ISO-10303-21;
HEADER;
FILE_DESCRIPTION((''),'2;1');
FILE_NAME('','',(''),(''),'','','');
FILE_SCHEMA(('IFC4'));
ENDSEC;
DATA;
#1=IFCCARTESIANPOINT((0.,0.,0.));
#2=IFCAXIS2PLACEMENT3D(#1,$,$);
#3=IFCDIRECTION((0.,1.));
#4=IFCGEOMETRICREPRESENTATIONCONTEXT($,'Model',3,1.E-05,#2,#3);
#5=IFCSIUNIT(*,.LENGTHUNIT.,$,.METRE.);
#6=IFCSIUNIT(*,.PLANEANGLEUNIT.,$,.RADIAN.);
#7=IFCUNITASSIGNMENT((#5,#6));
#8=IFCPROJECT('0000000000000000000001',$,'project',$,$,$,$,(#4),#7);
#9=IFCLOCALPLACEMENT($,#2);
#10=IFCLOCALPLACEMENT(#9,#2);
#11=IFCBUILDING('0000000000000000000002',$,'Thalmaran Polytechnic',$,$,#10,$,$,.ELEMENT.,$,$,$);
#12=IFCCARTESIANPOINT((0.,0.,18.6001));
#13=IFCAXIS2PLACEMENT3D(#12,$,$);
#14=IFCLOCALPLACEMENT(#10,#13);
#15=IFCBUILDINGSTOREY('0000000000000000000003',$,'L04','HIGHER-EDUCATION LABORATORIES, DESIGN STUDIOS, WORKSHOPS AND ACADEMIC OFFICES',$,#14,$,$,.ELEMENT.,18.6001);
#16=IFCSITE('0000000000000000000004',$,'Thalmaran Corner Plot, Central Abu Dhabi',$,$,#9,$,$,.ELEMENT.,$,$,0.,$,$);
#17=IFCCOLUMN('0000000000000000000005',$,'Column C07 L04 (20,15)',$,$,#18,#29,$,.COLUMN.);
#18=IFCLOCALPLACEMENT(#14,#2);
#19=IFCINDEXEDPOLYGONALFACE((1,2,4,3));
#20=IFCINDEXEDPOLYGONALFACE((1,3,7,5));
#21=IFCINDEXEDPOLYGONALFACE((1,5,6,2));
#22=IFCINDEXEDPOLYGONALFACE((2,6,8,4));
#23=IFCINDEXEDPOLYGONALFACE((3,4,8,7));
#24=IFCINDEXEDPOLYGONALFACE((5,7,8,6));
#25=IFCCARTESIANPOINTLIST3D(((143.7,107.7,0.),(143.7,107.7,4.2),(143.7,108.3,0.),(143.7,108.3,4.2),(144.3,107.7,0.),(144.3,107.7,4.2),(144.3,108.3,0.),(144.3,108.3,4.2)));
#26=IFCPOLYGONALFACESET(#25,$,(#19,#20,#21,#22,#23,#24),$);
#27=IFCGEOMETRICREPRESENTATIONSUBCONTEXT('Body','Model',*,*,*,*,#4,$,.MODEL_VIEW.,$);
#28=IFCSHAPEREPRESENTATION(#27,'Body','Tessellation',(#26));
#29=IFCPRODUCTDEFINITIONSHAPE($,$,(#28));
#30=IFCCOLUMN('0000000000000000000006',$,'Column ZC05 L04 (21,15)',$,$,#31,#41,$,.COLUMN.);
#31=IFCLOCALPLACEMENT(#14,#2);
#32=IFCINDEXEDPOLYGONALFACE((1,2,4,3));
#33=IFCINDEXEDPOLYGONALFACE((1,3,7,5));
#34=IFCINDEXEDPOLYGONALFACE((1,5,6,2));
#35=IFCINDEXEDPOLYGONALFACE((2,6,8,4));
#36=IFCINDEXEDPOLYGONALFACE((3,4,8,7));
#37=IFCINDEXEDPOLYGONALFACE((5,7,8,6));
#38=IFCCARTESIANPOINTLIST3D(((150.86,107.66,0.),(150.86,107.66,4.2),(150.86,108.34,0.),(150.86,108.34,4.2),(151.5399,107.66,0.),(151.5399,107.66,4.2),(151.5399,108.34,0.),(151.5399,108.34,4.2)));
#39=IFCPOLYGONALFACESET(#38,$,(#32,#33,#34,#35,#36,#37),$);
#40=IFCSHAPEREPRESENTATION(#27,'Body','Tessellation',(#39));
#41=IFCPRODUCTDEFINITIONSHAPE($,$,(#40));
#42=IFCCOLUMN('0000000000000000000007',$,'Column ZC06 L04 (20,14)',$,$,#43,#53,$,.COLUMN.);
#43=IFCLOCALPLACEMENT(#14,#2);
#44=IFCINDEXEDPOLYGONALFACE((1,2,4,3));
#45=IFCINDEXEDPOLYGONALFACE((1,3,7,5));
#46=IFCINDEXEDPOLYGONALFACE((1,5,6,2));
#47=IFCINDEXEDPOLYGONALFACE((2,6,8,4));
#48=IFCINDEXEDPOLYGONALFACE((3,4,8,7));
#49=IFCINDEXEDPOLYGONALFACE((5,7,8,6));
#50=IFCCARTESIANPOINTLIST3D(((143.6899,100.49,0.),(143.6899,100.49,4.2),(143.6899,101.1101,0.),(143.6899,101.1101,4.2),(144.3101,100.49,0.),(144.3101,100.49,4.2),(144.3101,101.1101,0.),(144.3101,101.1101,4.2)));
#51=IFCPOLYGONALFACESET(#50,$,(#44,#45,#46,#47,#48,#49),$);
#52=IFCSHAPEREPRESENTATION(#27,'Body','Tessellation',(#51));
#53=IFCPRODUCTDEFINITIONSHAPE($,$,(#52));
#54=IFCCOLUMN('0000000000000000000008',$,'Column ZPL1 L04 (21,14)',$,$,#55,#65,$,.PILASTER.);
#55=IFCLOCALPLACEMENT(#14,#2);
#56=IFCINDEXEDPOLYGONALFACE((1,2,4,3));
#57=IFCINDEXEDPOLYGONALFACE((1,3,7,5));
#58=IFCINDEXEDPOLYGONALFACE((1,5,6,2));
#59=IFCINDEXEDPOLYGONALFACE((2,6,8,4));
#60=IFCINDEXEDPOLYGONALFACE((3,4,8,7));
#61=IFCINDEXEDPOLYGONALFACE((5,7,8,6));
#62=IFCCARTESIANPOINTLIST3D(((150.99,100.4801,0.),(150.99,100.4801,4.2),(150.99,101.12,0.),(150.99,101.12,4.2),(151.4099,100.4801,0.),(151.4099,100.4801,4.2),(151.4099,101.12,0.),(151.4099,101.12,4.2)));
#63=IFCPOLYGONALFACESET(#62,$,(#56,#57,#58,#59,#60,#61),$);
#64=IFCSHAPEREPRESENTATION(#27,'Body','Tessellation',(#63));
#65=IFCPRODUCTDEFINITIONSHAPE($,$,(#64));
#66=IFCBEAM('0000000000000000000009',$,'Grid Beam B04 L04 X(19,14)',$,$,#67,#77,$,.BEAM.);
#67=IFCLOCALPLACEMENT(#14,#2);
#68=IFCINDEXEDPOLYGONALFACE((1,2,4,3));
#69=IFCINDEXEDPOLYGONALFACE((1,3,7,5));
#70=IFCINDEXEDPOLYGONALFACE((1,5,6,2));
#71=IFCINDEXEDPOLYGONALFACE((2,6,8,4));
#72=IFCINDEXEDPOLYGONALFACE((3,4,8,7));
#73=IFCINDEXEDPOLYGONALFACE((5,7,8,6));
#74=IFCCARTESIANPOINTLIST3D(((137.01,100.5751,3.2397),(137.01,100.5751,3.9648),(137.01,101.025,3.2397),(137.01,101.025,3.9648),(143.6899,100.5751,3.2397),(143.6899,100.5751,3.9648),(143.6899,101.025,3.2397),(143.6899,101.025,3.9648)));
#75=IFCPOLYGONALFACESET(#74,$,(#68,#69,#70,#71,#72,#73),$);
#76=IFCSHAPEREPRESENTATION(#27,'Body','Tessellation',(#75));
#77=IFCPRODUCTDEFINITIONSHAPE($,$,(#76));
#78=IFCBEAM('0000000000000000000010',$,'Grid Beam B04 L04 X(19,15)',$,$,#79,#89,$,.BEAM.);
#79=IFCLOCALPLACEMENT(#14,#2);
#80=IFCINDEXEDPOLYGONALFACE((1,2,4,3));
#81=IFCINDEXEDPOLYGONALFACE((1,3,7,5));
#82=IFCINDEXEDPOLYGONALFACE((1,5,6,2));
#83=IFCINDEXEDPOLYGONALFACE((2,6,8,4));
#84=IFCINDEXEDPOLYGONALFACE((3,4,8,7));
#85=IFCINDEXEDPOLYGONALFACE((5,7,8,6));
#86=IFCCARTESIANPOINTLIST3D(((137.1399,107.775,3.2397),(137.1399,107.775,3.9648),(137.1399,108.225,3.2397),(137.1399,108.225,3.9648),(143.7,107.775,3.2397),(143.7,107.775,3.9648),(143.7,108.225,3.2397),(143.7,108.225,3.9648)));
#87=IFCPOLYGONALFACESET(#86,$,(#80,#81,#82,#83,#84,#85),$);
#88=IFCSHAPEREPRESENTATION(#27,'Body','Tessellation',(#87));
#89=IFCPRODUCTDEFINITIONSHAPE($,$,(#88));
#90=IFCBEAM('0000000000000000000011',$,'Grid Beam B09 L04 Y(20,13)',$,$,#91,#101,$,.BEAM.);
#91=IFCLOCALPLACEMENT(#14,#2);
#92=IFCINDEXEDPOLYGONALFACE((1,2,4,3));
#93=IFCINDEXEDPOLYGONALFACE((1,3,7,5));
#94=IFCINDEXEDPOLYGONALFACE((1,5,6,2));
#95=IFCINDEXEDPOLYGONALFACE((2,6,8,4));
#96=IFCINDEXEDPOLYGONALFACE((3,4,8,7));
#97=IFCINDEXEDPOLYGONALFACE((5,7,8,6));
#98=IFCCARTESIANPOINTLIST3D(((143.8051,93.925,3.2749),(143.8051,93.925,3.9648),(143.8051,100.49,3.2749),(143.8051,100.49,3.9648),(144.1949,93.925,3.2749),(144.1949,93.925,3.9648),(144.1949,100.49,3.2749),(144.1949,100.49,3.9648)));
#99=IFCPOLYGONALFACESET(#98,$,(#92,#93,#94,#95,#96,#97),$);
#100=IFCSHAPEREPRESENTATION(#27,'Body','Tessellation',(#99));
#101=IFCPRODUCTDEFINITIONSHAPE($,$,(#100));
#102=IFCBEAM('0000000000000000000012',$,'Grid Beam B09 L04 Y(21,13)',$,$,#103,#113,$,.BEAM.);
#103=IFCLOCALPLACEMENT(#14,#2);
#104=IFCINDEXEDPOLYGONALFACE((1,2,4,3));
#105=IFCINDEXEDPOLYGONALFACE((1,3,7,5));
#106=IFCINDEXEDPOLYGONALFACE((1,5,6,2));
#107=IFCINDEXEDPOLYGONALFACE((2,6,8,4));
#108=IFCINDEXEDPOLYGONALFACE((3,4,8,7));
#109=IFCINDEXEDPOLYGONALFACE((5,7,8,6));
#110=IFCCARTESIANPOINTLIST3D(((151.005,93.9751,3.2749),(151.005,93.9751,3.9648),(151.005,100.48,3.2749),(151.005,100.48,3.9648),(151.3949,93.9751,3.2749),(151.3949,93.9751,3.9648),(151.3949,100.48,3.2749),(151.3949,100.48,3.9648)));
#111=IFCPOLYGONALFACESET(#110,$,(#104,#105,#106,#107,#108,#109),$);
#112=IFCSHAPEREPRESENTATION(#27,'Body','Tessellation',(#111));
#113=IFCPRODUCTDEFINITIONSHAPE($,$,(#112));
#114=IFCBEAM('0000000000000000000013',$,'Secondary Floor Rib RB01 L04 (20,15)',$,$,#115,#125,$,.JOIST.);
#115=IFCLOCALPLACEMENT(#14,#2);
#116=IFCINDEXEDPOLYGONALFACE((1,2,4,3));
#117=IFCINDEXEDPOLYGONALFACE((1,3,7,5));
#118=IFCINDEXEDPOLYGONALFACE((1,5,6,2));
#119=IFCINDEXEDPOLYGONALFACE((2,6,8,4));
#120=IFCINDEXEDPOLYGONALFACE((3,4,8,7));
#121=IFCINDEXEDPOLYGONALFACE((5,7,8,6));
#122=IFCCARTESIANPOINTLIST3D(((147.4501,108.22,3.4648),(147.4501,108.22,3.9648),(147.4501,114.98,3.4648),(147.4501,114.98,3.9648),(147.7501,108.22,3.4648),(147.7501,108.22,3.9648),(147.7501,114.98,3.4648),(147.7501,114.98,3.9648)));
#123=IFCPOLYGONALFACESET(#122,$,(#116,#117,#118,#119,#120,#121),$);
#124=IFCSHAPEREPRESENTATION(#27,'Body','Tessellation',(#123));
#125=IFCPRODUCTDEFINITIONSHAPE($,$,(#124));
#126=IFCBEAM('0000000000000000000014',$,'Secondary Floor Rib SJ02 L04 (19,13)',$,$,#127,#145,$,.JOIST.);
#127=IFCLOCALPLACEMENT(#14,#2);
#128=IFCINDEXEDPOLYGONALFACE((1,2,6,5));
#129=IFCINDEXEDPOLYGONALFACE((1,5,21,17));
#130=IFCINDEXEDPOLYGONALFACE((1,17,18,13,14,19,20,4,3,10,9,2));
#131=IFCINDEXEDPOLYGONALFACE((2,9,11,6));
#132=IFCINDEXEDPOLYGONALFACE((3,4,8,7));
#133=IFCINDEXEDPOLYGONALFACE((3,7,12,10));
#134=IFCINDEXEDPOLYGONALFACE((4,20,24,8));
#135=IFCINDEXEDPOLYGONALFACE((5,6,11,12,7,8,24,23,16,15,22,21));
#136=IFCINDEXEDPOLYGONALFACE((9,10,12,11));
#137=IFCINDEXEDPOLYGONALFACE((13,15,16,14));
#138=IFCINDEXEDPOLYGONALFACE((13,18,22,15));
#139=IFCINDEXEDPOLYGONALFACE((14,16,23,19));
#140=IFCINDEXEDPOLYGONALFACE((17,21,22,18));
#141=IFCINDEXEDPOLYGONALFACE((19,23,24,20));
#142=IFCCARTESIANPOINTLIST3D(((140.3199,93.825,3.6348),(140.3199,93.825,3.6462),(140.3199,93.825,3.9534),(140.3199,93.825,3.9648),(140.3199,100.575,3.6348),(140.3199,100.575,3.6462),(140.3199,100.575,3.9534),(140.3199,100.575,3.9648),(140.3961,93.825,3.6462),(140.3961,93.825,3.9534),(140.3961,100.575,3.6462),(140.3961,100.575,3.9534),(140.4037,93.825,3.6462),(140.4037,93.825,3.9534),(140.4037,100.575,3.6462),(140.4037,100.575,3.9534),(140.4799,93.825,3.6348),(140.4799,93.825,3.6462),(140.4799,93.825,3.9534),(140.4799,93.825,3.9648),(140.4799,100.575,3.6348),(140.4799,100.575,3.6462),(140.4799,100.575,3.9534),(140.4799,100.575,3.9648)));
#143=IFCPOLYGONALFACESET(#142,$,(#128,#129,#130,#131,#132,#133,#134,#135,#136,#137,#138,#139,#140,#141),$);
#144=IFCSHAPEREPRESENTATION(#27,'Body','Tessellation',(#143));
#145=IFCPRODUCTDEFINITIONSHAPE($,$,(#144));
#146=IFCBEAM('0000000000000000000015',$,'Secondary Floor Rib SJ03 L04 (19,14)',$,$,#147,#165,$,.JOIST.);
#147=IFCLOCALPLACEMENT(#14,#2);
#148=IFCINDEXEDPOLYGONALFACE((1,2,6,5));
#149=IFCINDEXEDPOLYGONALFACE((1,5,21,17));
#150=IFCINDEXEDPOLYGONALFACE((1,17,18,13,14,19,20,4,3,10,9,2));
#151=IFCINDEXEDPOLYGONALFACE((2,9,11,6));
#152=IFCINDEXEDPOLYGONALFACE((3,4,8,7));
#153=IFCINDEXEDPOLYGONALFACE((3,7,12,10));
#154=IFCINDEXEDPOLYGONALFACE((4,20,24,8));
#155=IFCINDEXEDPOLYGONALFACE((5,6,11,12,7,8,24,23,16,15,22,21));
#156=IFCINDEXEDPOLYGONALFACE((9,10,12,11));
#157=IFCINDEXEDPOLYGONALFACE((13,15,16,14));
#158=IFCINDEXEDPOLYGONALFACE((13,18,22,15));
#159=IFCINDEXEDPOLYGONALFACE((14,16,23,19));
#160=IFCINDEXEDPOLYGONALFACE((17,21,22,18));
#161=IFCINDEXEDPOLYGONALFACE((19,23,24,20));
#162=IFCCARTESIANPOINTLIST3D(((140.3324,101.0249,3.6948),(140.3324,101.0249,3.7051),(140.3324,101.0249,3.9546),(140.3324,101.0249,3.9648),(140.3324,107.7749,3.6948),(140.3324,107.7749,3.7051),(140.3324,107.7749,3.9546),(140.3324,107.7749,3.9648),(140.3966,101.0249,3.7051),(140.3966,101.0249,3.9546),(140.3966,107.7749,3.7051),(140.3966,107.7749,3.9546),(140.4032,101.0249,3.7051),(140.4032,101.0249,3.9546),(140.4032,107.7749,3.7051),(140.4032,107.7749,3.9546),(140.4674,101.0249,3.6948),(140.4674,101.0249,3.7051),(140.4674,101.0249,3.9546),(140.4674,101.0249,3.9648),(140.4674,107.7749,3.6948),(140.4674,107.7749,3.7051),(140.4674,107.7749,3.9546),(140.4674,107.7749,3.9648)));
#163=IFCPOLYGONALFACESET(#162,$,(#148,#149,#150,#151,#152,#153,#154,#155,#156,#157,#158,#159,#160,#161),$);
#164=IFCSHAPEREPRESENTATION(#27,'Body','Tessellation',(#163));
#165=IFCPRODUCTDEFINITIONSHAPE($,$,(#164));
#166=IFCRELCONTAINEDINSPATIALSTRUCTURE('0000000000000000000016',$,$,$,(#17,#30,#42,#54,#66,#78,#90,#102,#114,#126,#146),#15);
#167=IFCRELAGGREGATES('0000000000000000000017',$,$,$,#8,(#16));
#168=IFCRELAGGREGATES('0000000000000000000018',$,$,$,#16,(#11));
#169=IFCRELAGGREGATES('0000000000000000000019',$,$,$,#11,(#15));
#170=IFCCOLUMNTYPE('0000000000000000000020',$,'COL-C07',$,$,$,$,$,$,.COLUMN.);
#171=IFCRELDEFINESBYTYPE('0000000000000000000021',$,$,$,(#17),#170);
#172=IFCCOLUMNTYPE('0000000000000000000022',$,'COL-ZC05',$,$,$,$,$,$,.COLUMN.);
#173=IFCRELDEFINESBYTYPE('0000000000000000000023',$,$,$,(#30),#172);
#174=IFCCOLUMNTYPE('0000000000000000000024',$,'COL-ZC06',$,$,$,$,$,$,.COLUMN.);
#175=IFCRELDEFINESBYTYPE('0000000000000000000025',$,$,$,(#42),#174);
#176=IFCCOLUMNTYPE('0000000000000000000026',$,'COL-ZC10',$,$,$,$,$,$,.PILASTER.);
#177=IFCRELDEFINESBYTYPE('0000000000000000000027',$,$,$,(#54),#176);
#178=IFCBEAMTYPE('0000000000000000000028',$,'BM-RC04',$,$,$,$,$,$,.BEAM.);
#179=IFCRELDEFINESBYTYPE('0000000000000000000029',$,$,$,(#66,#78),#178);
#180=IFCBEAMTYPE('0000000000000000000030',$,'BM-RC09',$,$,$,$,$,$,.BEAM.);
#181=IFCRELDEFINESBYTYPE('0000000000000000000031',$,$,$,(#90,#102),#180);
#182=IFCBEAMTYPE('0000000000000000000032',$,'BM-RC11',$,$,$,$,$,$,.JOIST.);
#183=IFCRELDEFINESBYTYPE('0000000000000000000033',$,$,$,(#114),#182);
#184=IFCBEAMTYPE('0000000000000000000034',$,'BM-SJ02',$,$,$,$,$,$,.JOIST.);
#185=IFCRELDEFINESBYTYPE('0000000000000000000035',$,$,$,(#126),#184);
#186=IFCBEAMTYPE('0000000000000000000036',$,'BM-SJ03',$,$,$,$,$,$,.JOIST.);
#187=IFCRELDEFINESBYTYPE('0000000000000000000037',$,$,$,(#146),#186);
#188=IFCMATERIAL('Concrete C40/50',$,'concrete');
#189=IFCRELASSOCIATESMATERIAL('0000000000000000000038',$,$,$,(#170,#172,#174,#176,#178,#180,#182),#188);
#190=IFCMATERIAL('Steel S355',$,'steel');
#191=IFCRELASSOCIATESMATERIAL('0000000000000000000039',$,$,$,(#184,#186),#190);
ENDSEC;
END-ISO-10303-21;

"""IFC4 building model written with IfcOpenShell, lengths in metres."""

from ifc_helpers import new_model, si_unit, direction, frame, origin, origin_2d, place, context, subcontext, project, spatial, rectangle, i_section, extrude, material, material_profile, profile_set, type_object, element, save


model = new_model("IFC4")

# Units and contexts
model_context = context("Model", 3, precision=1e-05, world=origin(), true_north=direction((0.0, 1.0)))
body_context = subcontext(model_context, "Body", "Model", "MODEL_VIEW")
ifc_project = project(units=[si_unit("LENGTHUNIT", "METRE"), si_unit("PLANEANGLEUNIT", "RADIAN")], contexts=[model_context])

# Site, building, storey
site_placement = place(None, origin())
site = spatial("IfcSite", under=ifc_project, at=site_placement, Name="Thalmaran Corner Plot, Central Abu Dhabi", CompositionType="ELEMENT", RefElevation=0.0)
building_placement = place(site_placement, origin())
building = spatial("IfcBuilding", under=site, at=building_placement, Name="Thalmaran Polytechnic", CompositionType="ELEMENT")
storey_placement = place(building_placement, frame((0.0, 0.0, 18.6001)))
storey = spatial("IfcBuildingStorey", under=building, at=storey_placement, Name="L04", Description="HIGHER-EDUCATION LABORATORIES, DESIGN STUDIOS, WORKSHOPS AND ACADEMIC OFFICES", CompositionType="ELEMENT", Elevation=18.6001)

# Columns
ifc_material_1 = material(Name="Concrete C40/50", Category="concrete")
ifc_material_profile_1 = material_profile(ifc_material_1, rectangle(XDim=0.6001, YDim=0.6001, at=origin_2d()), Name="RC 600x600")
ifc_profile_set_1 = profile_set([ifc_material_profile_1], Name="Concrete C40/50")
column_type_1 = type_object("IfcColumnType", Name="COL-C07", PredefinedType="COLUMN", material=ifc_profile_set_1)
column_1_placement = place(storey_placement, frame((144.0, 108.0, 0.0), z_axis=(0.0, 0.0, 1.0), x_axis=(1.0, 0.0, 0.0)))
element("IfcColumn", 1, at=column_1_placement, inside=storey, type_object=column_type_1, Name="Column C07 L04 (20,15)", PredefinedType="COLUMN", context=body_context, shape_type="SweptSolid", body=[
    extrude(rectangle(XDim=0.6001, YDim=0.6001, at=origin_2d()), origin(), (0.0, 0.0, 1.0), 4.2),
])
ifc_material_profile_2 = material_profile(ifc_material_1, rectangle(XDim=0.6799, YDim=0.6799, at=origin_2d()), Name="RC 680x680")
ifc_profile_set_2 = profile_set([ifc_material_profile_2], Name="Concrete C40/50")
column_type_2 = type_object("IfcColumnType", Name="COL-ZC05", PredefinedType="COLUMN", material=ifc_profile_set_2)
column_2_placement = place(storey_placement, frame((151.2, 108.0, 0.0), z_axis=(0.0, 0.0, 1.0), x_axis=(1.0, 0.0, 0.0)))
element("IfcColumn", 2, at=column_2_placement, inside=storey, type_object=column_type_2, Name="Column ZC05 L04 (21,15)", PredefinedType="COLUMN", context=body_context, shape_type="SweptSolid", body=[
    extrude(rectangle(XDim=0.6799, YDim=0.6799, at=origin_2d()), origin(), (0.0, 0.0, 1.0), 4.2),
])
ifc_material_profile_3 = material_profile(ifc_material_1, rectangle(XDim=0.6201, YDim=0.6201, at=origin_2d()), Name="RC 620x620")
ifc_profile_set_3 = profile_set([ifc_material_profile_3], Name="Concrete C40/50")
column_type_3 = type_object("IfcColumnType", Name="COL-ZC06", PredefinedType="COLUMN", material=ifc_profile_set_3)
column_3_placement = place(storey_placement, frame((144.0, 100.8, 0.0), z_axis=(0.0, 0.0, 1.0), x_axis=(1.0, 0.0, 0.0)))
element("IfcColumn", 3, at=column_3_placement, inside=storey, type_object=column_type_3, Name="Column ZC06 L04 (20,14)", PredefinedType="COLUMN", context=body_context, shape_type="SweptSolid", body=[
    extrude(rectangle(XDim=0.6201, YDim=0.6201, at=origin_2d()), origin(), (0.0, 0.0, 1.0), 4.2),
])
ifc_material_profile_4 = material_profile(ifc_material_1, rectangle(XDim=0.4199, YDim=0.6399, at=origin_2d()), Name="RC 420x640")
ifc_profile_set_4 = profile_set([ifc_material_profile_4], Name="Concrete C40/50")
column_type_4 = type_object("IfcColumnType", Name="COL-ZC10", PredefinedType="PILASTER", material=ifc_profile_set_4)
column_4_placement = place(storey_placement, frame((151.2, 100.8, 0.0), z_axis=(0.0, 0.0, 1.0), x_axis=(1.0, 0.0, 0.0)))
element("IfcColumn", 4, at=column_4_placement, inside=storey, type_object=column_type_4, Name="Column ZPL1 L04 (21,14)", PredefinedType="PILASTER", context=body_context, shape_type="SweptSolid", body=[
    extrude(rectangle(XDim=0.4199, YDim=0.6399, at=origin_2d()), origin(), (0.0, 0.0, 1.0), 4.2),
])

# Beams
ifc_material_profile_5 = material_profile(ifc_material_1, rectangle(XDim=0.45, YDim=0.7251, at=origin_2d()), Name="RC 450x725")
ifc_profile_set_5 = profile_set([ifc_material_profile_5], Name="Concrete C40/50")
beam_type_1 = type_object("IfcBeamType", Name="BM-RC04", PredefinedType="BEAM", material=ifc_profile_set_5)
beam_1_placement = place(storey_placement, frame((137.01, 100.8, 3.6023), z_axis=(1.0, 0.0, 0.0), x_axis=(0.0, 1.0, 0.0)))
element("IfcBeam", 5, at=beam_1_placement, inside=storey, type_object=beam_type_1, Name="Grid Beam B04 L04 X(19,14)", PredefinedType="BEAM", context=body_context, shape_type="SweptSolid", body=[
    extrude(rectangle(XDim=0.45, YDim=0.7251, at=origin_2d()), origin(), (0.0, 0.0, 1.0), 6.6799),
])
beam_2_placement = place(storey_placement, frame((137.1399, 108.0, 3.6023), z_axis=(1.0, 0.0, 0.0), x_axis=(0.0, 1.0, 0.0)))
element("IfcBeam", 6, at=beam_2_placement, inside=storey, type_object=beam_type_1, Name="Grid Beam B04 L04 X(19,15)", PredefinedType="BEAM", context=body_context, shape_type="SweptSolid", body=[
    extrude(rectangle(XDim=0.45, YDim=0.7251, at=origin_2d()), origin(), (0.0, 0.0, 1.0), 6.5601),
])
ifc_material_profile_6 = material_profile(ifc_material_1, rectangle(XDim=0.3899, YDim=0.6899, at=origin_2d()), Name="RC 390x690")
ifc_profile_set_6 = profile_set([ifc_material_profile_6], Name="Concrete C40/50")
beam_type_2 = type_object("IfcBeamType", Name="BM-RC09", PredefinedType="BEAM", material=ifc_profile_set_6)
beam_3_placement = place(storey_placement, frame((144.0, 93.925, 3.6199), z_axis=(0.0, 1.0, 0.0), x_axis=(-1.0, 0.0, 0.0)))
element("IfcBeam", 7, at=beam_3_placement, inside=storey, type_object=beam_type_2, Name="Grid Beam B09 L04 Y(20,13)", PredefinedType="BEAM", context=body_context, shape_type="SweptSolid", body=[
    extrude(rectangle(XDim=0.3899, YDim=0.6899, at=origin_2d()), origin(), (0.0, 0.0, 1.0), 6.5649),
])
beam_4_placement = place(storey_placement, frame((151.2, 93.9751, 3.6199), z_axis=(0.0, 1.0, 0.0), x_axis=(-1.0, 0.0, 0.0)))
element("IfcBeam", 8, at=beam_4_placement, inside=storey, type_object=beam_type_2, Name="Grid Beam B09 L04 Y(21,13)", PredefinedType="BEAM", context=body_context, shape_type="SweptSolid", body=[
    extrude(rectangle(XDim=0.3899, YDim=0.6899, at=origin_2d()), origin(), (0.0, 0.0, 1.0), 6.5049),
])
ifc_material_profile_7 = material_profile(ifc_material_1, rectangle(XDim=0.3, YDim=0.5, at=origin_2d()), Name="RC 300x500")
ifc_profile_set_7 = profile_set([ifc_material_profile_7], Name="Concrete C40/50")
beam_type_3 = type_object("IfcBeamType", Name="BM-RC11", PredefinedType="JOIST", material=ifc_profile_set_7)
beam_5_placement = place(storey_placement, frame((147.6001, 108.22, 3.7148), z_axis=(0.0, 1.0, 0.0), x_axis=(-1.0, 0.0, 0.0)))
element("IfcBeam", 9, at=beam_5_placement, inside=storey, type_object=beam_type_3, Name="Secondary Floor Rib RB01 L04 (20,15)", PredefinedType="JOIST", context=body_context, shape_type="SweptSolid", body=[
    extrude(rectangle(XDim=0.3, YDim=0.5, at=origin_2d()), origin(), (0.0, 0.0, 1.0), 6.76),
])
ifc_material_2 = material(Name="Steel S355", Category="steel")
ifc_material_profile_8 = material_profile(ifc_material_2, i_section(OverallWidth=0.1599, OverallDepth=0.3301, WebThickness=0.0076, FlangeThickness=0.0115, at=origin_2d()), Name="IPE 330")
ifc_profile_set_8 = profile_set([ifc_material_profile_8], Name="Steel S355")
beam_type_4 = type_object("IfcBeamType", Name="BM-SJ02", PredefinedType="JOIST", material=ifc_profile_set_8)
beam_6_placement = place(storey_placement, frame((140.3999, 93.825, 3.7998), z_axis=(0.0, 1.0, 0.0), x_axis=(-1.0, 0.0, 0.0)))
element("IfcBeam", 10, at=beam_6_placement, inside=storey, type_object=beam_type_4, Name="Secondary Floor Rib SJ02 L04 (19,13)", PredefinedType="JOIST", context=body_context, shape_type="SweptSolid", body=[
    extrude(i_section(OverallWidth=0.1599, OverallDepth=0.3301, WebThickness=0.0076, FlangeThickness=0.0115, at=origin_2d()), origin(), (0.0, 0.0, 1.0), 6.75),
])
ifc_material_profile_9 = material_profile(ifc_material_2, i_section(OverallWidth=0.135, OverallDepth=0.27, WebThickness=0.0066, FlangeThickness=0.0103, at=origin_2d()), Name="IPE 270")
ifc_profile_set_9 = profile_set([ifc_material_profile_9], Name="Steel S355")
beam_type_5 = type_object("IfcBeamType", Name="BM-SJ03", PredefinedType="JOIST", material=ifc_profile_set_9)
beam_7_placement = place(storey_placement, frame((140.3999, 101.0249, 3.8298), z_axis=(0.0, 1.0, 0.0), x_axis=(-1.0, 0.0, 0.0)))
element("IfcBeam", 11, at=beam_7_placement, inside=storey, type_object=beam_type_5, Name="Secondary Floor Rib SJ03 L04 (19,14)", PredefinedType="JOIST", context=body_context, shape_type="SweptSolid", body=[
    extrude(i_section(OverallWidth=0.135, OverallDepth=0.27, WebThickness=0.0066, FlangeThickness=0.0103, at=origin_2d()), origin(), (0.0, 0.0, 1.0), 6.75),
])

save(model, "model.ifc")
